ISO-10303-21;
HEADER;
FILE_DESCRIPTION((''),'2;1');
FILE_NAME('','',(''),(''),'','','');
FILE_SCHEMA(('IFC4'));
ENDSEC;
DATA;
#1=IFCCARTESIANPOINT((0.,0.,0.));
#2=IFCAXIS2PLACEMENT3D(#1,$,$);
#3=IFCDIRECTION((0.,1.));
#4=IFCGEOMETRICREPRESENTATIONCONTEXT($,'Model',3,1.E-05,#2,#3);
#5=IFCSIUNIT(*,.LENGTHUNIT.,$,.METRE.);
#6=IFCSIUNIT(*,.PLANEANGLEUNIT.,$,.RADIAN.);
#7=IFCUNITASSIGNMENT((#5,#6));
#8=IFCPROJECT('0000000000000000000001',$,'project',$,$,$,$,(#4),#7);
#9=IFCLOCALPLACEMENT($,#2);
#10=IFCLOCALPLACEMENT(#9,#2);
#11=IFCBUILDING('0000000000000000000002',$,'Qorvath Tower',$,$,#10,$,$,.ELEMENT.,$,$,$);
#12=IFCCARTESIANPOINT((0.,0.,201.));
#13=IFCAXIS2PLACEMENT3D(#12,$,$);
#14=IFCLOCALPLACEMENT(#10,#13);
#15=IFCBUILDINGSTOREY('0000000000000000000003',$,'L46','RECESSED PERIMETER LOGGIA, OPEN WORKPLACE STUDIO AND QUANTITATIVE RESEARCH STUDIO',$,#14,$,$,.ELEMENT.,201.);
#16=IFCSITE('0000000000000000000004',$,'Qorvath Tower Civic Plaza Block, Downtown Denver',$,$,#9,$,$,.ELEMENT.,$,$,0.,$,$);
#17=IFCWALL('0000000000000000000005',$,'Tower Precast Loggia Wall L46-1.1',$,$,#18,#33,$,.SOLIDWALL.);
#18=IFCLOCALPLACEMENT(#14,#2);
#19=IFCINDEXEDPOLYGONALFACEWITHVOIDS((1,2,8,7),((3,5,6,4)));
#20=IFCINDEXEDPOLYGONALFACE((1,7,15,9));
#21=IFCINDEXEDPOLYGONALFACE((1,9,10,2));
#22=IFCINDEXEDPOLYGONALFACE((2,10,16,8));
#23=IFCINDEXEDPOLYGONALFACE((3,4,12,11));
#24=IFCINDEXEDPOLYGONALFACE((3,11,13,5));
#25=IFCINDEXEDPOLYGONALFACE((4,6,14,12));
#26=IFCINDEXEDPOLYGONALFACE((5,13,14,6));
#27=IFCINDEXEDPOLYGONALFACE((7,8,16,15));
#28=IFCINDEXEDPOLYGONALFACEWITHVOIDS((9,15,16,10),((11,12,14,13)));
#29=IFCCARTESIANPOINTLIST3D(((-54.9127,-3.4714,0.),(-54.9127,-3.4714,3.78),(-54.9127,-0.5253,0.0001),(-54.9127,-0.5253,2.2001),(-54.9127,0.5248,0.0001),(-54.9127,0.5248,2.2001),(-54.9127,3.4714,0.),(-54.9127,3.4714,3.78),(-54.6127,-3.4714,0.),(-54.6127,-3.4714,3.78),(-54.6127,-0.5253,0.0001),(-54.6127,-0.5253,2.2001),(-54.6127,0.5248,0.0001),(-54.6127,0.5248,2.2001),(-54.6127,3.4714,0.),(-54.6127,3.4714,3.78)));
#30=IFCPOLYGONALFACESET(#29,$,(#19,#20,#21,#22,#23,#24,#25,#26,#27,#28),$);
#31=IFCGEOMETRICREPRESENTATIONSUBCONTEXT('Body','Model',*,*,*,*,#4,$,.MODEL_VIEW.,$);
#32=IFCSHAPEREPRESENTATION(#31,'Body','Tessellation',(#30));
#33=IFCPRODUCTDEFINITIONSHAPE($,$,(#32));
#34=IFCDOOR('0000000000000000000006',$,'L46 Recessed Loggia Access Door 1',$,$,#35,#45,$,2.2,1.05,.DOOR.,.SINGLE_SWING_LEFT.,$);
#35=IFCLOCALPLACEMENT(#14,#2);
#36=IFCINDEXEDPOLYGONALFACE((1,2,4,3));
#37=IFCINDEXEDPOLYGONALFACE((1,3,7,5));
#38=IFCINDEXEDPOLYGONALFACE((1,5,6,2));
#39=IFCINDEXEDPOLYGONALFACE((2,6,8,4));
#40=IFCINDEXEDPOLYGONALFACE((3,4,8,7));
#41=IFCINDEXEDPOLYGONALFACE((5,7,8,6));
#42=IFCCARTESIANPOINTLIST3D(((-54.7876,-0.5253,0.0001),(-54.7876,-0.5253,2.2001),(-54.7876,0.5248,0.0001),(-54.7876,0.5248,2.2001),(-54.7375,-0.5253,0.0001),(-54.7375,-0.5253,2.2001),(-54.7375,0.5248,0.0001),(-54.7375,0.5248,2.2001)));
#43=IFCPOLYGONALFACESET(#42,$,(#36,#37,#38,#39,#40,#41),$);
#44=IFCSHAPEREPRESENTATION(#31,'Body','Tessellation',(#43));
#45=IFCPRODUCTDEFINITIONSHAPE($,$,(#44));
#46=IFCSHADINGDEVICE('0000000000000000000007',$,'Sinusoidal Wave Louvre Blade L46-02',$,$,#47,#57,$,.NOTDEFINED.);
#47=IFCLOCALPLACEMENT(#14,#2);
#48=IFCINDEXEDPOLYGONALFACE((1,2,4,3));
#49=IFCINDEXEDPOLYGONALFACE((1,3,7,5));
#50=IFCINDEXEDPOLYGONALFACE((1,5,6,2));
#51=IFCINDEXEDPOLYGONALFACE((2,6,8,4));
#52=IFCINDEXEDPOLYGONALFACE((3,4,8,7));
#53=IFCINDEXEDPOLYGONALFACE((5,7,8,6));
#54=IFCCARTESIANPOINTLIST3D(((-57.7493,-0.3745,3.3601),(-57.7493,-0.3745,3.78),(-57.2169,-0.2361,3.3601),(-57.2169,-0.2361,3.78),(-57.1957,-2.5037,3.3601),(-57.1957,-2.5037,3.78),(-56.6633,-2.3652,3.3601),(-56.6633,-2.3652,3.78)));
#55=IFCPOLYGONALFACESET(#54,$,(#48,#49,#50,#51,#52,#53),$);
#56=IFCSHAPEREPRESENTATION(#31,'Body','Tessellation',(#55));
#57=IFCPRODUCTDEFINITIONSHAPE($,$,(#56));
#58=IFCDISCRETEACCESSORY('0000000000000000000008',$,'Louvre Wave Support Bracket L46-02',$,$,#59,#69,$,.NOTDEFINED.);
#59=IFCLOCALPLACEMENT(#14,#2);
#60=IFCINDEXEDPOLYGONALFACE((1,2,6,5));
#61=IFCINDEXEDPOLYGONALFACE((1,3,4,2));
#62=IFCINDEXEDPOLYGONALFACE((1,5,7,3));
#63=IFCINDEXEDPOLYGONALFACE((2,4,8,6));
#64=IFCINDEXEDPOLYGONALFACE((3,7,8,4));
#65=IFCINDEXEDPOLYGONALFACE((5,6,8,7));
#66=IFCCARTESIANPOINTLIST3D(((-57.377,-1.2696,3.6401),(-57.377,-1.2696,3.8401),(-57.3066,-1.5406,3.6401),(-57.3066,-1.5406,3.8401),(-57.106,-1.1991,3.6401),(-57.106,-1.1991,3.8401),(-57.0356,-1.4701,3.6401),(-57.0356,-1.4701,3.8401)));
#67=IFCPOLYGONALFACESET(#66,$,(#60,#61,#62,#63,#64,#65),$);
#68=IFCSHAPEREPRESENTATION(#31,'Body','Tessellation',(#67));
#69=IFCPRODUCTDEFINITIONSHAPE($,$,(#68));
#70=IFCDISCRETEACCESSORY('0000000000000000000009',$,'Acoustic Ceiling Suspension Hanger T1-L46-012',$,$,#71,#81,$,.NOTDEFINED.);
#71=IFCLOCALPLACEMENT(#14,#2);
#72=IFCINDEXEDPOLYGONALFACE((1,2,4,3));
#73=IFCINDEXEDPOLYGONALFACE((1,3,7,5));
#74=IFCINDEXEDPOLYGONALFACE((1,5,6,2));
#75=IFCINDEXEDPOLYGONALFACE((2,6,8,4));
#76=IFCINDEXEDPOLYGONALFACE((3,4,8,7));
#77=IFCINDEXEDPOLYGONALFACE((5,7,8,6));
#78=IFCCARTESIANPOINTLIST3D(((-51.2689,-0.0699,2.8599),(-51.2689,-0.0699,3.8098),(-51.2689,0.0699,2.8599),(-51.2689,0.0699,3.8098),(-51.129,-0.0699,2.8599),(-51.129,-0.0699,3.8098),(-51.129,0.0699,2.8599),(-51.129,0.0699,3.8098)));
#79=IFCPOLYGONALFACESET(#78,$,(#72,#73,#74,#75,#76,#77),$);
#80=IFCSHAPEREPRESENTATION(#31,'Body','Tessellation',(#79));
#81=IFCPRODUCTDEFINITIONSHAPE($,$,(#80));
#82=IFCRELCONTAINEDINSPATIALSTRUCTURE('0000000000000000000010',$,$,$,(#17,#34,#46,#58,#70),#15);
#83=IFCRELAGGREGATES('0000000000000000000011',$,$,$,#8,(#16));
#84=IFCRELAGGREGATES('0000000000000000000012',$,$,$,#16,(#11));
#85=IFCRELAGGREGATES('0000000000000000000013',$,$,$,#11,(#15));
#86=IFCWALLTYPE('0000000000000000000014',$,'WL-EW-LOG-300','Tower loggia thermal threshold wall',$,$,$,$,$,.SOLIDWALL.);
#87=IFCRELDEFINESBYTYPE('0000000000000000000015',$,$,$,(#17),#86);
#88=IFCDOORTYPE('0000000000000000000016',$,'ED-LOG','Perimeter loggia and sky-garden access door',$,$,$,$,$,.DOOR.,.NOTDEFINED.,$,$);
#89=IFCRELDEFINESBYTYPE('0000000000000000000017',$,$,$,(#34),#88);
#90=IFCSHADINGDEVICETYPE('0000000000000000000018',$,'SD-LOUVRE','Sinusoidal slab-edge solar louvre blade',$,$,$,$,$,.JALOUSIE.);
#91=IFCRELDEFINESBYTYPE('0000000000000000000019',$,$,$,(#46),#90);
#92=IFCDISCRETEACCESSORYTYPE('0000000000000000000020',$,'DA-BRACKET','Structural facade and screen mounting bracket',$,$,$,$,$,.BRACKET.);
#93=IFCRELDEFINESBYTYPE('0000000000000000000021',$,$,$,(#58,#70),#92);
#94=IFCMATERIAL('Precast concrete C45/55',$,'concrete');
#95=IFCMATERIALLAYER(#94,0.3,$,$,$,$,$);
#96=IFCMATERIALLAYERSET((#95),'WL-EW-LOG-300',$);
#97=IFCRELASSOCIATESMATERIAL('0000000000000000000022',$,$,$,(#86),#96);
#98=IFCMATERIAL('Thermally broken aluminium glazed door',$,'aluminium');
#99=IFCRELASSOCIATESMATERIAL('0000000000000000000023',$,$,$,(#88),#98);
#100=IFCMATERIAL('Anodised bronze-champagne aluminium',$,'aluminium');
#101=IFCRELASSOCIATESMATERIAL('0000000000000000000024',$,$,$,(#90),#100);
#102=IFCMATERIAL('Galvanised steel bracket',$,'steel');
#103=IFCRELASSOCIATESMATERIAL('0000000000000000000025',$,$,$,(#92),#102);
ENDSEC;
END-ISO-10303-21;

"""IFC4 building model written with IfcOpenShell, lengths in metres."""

from ifc_helpers import new_model, si_unit, direction, frame, frame_2d, origin, origin_2d, place, context, subcontext, project, spatial, rectangle, extrude, material, layer, layer_set, type_object, element, fill, save


model = new_model("IFC4")

# Units and contexts
model_context = context("Model", 3, precision=1e-05, world=origin(), true_north=direction((0.0, 1.0)))
body_context = subcontext(model_context, "Body", "Model", "MODEL_VIEW")
ifc_project = project(units=[si_unit("LENGTHUNIT", "METRE"), si_unit("PLANEANGLEUNIT", "RADIAN")], contexts=[model_context])

# Site, building, storey
site_placement = place(None, origin())
site = spatial("IfcSite", under=ifc_project, at=site_placement, Name="Qorvath Tower Civic Plaza Block, Downtown Denver", CompositionType="ELEMENT", RefElevation=0.0)
building_placement = place(site_placement, origin())
building = spatial("IfcBuilding", under=site, at=building_placement, Name="Qorvath Tower", CompositionType="ELEMENT")
storey_placement = place(building_placement, frame((0.0, 0.0, 201.0)))
storey = spatial("IfcBuildingStorey", under=building, at=storey_placement, Name="L46", Description="RECESSED PERIMETER LOGGIA, OPEN WORKPLACE STUDIO AND QUANTITATIVE RESEARCH STUDIO", CompositionType="ELEMENT", Elevation=201.0)

# Wall, opening, door
ifc_material_1 = material(Name="Precast concrete C45/55", Category="concrete")
ifc_layer_1 = layer(ifc_material_1, 0.3)
ifc_layer_set_1 = layer_set([ifc_layer_1], Name="WL-EW-LOG-300")
wall_type_1 = type_object("IfcWallType", Name="WL-EW-LOG-300", Description="Tower loggia thermal threshold wall", PredefinedType="SOLIDWALL", material=ifc_layer_set_1)
wall_1_placement = place(storey_placement, frame((-54.7627, -3.4714, 0.0), z_axis=(0.0, 0.0, 1.0), x_axis=(0.0, 1.0, 0.0)))
wall_1 = element("IfcWall", 1, at=wall_1_placement, inside=storey, type_object=wall_type_1, Name="Tower Precast Loggia Wall L46-1.1", PredefinedType="SOLIDWALL", context=body_context, shape_type="SweptSolid", body=[
    extrude(rectangle(XDim=6.9429, YDim=0.3, at=frame_2d((3.4714, 0.0))), origin(), (0.0, 0.0, 1.0), 3.78),
])
opening_1_placement = place(wall_1_placement, frame((2.9463, 0.0, 0.0)))
opening_1 = element("IfcOpeningElement", 2, at=opening_1_placement, cuts=wall_1, PredefinedType="OPENING", context=body_context, shape_type="SweptSolid", body=[
    extrude(rectangle(XDim=1.05, YDim=2.2, at=frame_2d((0.5249, 1.1001))), frame((0.0, 0.1602, 0.0), z_axis=(0.0, -1.0, 0.0), x_axis=(1.0, 0.0, 0.0)), (0.0, 0.0, 1.0), 0.3201),
])
ifc_material_2 = material(Name="Thermally broken aluminium glazed door", Category="aluminium")
door_type_1 = type_object("IfcDoorType", Name="ED-LOG", Description="Perimeter loggia and sky-garden access door", OperationType="NOTDEFINED", PredefinedType="DOOR", material=ifc_material_2)
door_1_placement = place(opening_1_placement, origin())
door_1 = element("IfcDoor", 3, at=door_1_placement, inside=storey, type_object=door_type_1, Name="L46 Recessed Loggia Access Door 1", OperationType="SINGLE_SWING_LEFT", OverallHeight=2.2, OverallWidth=1.05, PredefinedType="DOOR", context=body_context, shape_type="SweptSolid", body=[
    extrude(rectangle(XDim=1.05, YDim=2.2, at=frame_2d((0.5249, 1.1001))), frame((0.0, 0.0249, 0.0), z_axis=(0.0, -1.0, 0.0), x_axis=(1.0, 0.0, 0.0)), (0.0, 0.0, 1.0), 0.05),
])
fill(opening_1, door_1)

# Shading device
ifc_material_3 = material(Name="Anodised bronze-champagne aluminium", Category="aluminium")
shading_device_type = type_object("IfcShadingDeviceType", Name="SD-LOUVRE", Description="Sinusoidal slab-edge solar louvre blade", PredefinedType="JALOUSIE", material=ifc_material_3)
shading_device_placement = place(storey_placement, frame((-57.2063, -1.3699, 3.3601), z_axis=(0.0, 0.0, 1.0), x_axis=(0.251647, -0.967819, 0.0)))
element("IfcShadingDevice", 4, at=shading_device_placement, inside=storey, type_object=shading_device_type, Name="Sinusoidal Wave Louvre Blade L46-02", PredefinedType="NOTDEFINED", context=body_context, shape_type="SweptSolid", body=[
    extrude(rectangle(XDim=2.2, YDim=0.55, at=origin_2d()), origin(), (0.0, 0.0, 1.0), 0.4199),
])

# Discrete accessories
ifc_material_4 = material(Name="Galvanised steel bracket", Category="steel")
discrete_accessory_type = type_object("IfcDiscreteAccessoryType", Name="DA-BRACKET", Description="Structural facade and screen mounting bracket", PredefinedType="BRACKET", material=ifc_material_4)
discrete_accessory_1_placement = place(storey_placement, frame((-57.2063, -1.3699, 3.6401), z_axis=(0.0, 0.0, 1.0), x_axis=(0.251647, -0.967819, 0.0)))
element("IfcDiscreteAccessory", 5, at=discrete_accessory_1_placement, inside=storey, type_object=discrete_accessory_type, Name="Louvre Wave Support Bracket L46-02", PredefinedType="NOTDEFINED", context=body_context, shape_type="SweptSolid", body=[
    extrude(rectangle(XDim=0.28, YDim=0.28, at=origin_2d()), origin(), (0.0, 0.0, 1.0), 0.2),
])
discrete_accessory_2_placement = place(storey_placement, frame((-51.199, 0.0, 2.8599), z_axis=(0.0, 0.0, 1.0), x_axis=(1.0, 0.0, 0.0)))
element("IfcDiscreteAccessory", 6, at=discrete_accessory_2_placement, inside=storey, type_object=discrete_accessory_type, Name="Acoustic Ceiling Suspension Hanger T1-L46-012", PredefinedType="NOTDEFINED", context=body_context, shape_type="SweptSolid", body=[
    extrude(rectangle(XDim=0.1399, YDim=0.1399, at=origin_2d()), origin(), (0.0, 0.0, 1.0), 0.95),
])

save(model, "model.ifc")
